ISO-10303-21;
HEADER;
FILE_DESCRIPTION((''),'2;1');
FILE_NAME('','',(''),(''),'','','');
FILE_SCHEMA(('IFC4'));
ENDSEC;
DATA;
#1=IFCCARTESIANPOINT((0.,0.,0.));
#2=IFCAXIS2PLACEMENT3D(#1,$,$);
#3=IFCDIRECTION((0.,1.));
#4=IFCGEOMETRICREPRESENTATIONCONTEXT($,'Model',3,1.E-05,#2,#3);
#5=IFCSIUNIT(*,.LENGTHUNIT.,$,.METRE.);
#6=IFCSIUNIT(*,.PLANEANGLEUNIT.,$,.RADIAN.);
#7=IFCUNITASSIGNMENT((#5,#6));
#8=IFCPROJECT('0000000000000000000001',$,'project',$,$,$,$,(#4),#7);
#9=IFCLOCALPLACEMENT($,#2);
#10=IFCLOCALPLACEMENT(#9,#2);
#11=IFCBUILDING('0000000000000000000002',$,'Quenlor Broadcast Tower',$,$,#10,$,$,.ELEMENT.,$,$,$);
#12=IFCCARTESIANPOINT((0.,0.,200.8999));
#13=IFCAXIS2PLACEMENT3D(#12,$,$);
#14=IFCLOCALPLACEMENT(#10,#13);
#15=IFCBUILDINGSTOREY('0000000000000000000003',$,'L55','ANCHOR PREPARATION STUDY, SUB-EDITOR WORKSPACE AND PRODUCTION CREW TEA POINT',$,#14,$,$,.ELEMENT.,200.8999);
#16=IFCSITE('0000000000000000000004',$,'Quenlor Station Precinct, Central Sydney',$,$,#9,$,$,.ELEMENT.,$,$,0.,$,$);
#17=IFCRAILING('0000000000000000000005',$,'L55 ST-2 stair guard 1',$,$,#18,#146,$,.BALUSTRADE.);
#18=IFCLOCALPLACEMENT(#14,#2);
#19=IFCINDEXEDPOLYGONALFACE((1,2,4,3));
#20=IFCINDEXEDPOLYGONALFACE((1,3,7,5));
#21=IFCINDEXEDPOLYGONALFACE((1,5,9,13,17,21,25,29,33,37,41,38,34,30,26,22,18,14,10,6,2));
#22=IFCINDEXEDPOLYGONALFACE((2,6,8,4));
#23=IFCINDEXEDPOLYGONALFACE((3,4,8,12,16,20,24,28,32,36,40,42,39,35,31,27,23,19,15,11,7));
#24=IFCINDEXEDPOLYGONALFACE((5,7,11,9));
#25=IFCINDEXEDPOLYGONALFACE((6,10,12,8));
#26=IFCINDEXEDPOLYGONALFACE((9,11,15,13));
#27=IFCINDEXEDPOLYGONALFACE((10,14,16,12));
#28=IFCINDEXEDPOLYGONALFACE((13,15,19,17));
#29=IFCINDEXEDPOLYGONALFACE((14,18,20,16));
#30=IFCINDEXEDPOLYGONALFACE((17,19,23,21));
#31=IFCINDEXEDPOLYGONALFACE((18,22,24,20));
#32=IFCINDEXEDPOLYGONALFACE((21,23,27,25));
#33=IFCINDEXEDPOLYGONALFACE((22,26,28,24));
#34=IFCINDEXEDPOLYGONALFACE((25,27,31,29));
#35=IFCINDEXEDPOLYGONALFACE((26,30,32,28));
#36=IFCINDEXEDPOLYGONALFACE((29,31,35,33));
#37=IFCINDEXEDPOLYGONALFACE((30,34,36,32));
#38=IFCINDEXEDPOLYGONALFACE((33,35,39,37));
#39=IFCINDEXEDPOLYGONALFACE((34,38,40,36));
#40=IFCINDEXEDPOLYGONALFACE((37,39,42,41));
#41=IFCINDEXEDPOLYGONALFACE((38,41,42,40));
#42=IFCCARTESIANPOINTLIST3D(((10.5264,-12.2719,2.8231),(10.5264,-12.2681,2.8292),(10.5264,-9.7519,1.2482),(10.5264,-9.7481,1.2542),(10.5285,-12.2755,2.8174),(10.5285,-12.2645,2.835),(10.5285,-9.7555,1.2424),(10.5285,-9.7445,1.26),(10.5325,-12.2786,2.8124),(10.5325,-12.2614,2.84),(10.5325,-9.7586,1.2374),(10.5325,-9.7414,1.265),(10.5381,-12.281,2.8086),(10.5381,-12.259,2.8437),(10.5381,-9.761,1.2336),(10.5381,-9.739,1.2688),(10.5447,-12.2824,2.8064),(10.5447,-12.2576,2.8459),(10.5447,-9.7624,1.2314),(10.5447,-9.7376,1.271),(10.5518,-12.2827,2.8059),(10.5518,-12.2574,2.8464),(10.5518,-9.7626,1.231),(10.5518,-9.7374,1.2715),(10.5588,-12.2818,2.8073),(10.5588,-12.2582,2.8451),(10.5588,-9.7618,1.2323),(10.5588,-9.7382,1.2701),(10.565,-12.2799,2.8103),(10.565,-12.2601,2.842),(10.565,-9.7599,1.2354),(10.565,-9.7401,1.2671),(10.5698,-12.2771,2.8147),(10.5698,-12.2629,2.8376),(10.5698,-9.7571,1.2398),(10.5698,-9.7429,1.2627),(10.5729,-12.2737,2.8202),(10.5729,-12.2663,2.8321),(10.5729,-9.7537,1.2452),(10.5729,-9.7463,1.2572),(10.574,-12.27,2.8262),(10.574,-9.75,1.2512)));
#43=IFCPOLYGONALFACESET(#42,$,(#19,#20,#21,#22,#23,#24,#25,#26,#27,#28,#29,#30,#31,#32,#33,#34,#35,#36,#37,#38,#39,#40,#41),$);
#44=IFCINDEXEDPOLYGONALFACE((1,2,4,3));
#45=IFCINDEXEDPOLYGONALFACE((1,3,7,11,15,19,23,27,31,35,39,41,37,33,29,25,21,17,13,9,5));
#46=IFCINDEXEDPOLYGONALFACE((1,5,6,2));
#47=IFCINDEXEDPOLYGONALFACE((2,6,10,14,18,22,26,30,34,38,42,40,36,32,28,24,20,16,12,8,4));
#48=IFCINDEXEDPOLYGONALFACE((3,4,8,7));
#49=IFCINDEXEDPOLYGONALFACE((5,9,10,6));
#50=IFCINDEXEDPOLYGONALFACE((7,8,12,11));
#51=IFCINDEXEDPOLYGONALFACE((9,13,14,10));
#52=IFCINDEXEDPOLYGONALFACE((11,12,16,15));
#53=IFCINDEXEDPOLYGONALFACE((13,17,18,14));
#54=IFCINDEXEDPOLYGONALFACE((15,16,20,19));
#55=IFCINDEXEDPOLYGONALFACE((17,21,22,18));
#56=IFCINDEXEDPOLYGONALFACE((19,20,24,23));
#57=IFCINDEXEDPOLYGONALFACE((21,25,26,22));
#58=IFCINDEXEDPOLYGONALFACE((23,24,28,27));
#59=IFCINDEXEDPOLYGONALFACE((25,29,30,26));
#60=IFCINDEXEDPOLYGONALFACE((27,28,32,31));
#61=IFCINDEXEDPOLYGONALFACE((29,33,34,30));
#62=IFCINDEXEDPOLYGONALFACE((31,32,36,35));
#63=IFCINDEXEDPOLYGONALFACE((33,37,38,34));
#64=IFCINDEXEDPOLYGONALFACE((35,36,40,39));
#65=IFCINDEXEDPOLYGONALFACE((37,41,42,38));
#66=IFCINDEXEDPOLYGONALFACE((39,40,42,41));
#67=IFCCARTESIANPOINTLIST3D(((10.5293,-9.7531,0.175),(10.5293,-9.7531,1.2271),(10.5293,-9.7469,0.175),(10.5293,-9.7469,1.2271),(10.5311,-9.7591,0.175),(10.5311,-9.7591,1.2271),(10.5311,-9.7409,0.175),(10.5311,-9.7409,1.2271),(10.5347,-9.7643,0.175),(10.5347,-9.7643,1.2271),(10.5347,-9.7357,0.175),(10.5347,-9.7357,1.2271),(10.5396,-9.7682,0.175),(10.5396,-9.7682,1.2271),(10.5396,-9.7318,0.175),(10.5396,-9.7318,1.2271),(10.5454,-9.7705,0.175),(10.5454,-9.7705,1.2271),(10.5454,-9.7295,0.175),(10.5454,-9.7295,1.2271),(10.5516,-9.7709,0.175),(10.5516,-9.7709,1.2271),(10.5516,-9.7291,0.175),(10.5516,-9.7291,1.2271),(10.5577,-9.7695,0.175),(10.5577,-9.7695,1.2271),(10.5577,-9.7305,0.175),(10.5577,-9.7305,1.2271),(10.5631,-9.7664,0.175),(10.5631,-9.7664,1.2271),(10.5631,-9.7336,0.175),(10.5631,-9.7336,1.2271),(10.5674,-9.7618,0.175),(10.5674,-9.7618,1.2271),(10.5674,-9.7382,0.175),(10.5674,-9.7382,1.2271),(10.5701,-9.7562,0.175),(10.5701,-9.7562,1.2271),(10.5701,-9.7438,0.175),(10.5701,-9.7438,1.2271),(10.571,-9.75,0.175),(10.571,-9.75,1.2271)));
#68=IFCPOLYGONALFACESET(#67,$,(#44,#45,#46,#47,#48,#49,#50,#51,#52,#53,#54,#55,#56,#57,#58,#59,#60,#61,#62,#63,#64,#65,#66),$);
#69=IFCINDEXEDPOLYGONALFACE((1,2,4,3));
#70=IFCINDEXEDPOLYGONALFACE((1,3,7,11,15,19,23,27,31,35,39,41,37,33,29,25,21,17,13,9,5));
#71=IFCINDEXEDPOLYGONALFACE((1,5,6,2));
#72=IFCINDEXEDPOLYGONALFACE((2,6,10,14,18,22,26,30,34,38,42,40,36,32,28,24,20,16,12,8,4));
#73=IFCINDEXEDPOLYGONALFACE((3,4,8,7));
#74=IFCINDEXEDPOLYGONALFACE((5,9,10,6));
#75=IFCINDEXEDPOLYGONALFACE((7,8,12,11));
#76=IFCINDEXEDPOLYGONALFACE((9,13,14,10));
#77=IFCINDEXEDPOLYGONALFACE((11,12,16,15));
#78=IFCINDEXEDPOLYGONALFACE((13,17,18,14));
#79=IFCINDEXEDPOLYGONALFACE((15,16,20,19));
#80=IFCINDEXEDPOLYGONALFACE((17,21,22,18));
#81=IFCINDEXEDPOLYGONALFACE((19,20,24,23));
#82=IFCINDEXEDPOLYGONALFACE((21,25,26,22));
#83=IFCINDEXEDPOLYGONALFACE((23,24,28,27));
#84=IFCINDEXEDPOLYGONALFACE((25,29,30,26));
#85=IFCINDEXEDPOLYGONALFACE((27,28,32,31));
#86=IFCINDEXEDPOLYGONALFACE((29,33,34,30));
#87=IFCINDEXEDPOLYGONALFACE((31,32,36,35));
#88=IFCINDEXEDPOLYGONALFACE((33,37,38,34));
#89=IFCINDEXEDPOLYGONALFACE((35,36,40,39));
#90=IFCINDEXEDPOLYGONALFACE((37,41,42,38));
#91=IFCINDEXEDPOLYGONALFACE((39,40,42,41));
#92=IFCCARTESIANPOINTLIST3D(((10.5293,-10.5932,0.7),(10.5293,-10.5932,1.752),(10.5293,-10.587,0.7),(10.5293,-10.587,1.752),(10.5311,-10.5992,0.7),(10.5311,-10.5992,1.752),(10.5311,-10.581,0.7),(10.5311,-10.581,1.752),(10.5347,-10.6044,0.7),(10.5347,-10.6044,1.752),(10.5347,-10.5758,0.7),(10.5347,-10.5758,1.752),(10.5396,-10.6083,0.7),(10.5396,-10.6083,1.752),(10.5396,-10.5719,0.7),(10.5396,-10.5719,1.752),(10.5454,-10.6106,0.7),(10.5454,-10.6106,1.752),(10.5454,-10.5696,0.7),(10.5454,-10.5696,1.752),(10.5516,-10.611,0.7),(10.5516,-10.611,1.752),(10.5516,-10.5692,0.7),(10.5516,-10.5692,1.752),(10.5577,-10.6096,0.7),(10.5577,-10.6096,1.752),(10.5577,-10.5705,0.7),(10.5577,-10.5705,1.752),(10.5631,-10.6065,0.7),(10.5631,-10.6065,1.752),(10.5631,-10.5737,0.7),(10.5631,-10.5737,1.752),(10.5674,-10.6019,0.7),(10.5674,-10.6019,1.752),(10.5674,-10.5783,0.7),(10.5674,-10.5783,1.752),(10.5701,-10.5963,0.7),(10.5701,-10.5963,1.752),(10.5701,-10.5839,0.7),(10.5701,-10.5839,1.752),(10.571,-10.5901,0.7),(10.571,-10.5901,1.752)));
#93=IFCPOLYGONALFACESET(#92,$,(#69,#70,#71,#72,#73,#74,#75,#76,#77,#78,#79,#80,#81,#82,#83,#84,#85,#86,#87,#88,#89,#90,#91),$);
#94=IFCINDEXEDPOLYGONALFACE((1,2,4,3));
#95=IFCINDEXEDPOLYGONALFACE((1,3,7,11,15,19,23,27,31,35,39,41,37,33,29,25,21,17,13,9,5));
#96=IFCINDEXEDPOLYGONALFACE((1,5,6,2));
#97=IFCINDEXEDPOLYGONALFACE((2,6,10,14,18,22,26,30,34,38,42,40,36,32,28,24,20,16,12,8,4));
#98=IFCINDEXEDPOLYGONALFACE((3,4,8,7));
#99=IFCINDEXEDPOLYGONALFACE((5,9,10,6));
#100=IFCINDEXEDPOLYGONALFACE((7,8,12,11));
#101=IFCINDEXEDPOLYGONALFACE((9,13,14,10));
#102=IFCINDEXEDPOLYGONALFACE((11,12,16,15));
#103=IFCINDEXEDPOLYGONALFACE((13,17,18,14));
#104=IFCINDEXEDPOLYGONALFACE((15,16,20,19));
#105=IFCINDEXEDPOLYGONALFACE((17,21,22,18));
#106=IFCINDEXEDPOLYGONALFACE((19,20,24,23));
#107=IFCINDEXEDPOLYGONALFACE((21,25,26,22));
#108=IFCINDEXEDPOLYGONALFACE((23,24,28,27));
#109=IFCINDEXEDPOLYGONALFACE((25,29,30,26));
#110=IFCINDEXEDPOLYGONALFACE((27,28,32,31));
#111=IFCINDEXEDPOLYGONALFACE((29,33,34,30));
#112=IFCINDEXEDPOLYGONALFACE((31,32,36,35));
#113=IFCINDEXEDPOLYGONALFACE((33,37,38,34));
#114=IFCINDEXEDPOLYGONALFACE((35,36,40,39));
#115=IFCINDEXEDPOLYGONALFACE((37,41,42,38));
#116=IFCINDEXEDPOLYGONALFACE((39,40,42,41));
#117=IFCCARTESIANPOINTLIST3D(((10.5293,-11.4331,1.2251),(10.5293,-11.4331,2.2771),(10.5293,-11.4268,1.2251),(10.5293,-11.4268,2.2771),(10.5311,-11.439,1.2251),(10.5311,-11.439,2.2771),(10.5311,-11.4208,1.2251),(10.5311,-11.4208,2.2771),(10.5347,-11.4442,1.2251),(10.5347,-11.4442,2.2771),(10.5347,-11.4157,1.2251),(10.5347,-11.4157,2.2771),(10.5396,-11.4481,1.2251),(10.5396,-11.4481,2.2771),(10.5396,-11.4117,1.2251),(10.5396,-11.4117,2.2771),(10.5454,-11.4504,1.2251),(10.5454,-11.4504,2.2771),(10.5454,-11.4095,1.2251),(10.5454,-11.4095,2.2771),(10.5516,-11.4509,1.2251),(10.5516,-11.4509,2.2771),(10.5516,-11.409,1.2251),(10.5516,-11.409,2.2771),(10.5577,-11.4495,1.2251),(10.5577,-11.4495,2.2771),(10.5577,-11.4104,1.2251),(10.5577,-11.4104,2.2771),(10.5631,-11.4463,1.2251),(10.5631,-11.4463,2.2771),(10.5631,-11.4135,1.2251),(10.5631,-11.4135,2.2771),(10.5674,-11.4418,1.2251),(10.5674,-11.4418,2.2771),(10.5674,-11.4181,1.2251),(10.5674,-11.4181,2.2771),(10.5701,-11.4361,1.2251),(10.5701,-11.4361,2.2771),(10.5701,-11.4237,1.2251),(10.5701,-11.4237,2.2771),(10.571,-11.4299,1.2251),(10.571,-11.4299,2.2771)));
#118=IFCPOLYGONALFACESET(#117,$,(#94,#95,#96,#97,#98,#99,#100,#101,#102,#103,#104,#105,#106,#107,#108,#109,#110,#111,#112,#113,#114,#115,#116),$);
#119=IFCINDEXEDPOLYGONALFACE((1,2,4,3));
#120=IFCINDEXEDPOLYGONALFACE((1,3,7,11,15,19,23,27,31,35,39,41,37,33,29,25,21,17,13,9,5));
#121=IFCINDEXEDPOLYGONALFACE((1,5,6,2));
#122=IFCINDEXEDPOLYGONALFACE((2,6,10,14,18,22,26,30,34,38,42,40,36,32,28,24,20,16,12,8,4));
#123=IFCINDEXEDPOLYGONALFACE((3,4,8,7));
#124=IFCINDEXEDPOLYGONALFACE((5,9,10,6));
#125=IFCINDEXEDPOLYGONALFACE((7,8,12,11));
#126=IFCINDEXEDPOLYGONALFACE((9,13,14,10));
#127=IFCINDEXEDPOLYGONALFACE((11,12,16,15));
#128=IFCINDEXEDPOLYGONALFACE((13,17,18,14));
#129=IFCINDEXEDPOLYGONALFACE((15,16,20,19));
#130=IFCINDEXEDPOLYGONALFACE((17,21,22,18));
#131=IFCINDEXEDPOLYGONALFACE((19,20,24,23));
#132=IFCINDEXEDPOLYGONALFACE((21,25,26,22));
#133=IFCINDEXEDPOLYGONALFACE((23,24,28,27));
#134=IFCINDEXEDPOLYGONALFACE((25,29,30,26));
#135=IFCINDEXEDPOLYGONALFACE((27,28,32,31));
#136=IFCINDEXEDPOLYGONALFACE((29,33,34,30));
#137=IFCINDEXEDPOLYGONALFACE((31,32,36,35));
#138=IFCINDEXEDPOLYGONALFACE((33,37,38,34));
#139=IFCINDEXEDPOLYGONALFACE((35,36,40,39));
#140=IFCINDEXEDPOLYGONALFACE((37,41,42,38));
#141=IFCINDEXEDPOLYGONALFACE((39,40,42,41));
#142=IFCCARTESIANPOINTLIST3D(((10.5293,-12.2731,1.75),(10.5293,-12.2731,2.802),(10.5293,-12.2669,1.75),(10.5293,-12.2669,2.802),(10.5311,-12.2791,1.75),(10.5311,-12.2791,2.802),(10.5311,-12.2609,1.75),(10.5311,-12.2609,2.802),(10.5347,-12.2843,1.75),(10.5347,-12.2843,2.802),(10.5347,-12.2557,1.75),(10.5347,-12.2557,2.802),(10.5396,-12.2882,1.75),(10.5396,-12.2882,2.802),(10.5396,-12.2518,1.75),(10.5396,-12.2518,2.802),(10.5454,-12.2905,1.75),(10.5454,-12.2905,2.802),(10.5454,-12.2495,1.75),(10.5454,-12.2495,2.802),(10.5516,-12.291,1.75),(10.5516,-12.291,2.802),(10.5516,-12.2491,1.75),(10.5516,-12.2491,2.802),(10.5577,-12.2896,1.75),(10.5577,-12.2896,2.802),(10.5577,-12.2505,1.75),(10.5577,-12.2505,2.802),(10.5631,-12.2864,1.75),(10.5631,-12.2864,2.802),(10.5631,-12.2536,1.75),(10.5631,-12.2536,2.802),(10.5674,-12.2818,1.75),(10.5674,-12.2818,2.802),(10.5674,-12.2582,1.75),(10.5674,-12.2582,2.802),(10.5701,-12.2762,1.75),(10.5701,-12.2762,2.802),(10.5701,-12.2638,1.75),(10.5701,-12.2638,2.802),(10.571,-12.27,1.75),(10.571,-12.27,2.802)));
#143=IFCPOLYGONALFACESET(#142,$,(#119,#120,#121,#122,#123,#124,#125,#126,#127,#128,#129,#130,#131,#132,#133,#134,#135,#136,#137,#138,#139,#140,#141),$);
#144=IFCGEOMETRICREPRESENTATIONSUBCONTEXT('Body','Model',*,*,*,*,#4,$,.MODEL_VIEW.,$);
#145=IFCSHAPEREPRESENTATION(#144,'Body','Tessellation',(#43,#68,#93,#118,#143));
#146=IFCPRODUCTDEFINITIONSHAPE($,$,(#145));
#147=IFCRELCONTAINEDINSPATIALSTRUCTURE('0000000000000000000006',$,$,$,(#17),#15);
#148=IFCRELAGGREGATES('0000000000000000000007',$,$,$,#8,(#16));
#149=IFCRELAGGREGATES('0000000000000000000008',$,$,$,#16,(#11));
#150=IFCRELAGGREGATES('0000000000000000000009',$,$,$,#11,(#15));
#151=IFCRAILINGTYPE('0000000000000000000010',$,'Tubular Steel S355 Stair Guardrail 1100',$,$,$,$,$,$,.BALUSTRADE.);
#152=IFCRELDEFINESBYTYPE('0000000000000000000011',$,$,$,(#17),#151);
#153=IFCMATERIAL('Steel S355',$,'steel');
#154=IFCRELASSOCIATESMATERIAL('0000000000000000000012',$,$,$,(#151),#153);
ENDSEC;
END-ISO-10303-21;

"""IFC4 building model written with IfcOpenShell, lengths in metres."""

from ifc_helpers import new_model, si_unit, direction, frame, origin, origin_2d, place, context, subcontext, project, spatial, circle, extrude, material, type_object, element, save


model = new_model("IFC4")

# Units and contexts
model_context = context("Model", 3, precision=1e-05, world=origin(), true_north=direction((0.0, 1.0)))
body_context = subcontext(model_context, "Body", "Model", "MODEL_VIEW")
ifc_project = project(units=[si_unit("LENGTHUNIT", "METRE"), si_unit("PLANEANGLEUNIT", "RADIAN")], contexts=[model_context])

# Site, building, storey
site_placement = place(None, origin())
site = spatial("IfcSite", under=ifc_project, at=site_placement, Name="Quenlor Station Precinct, Central Sydney", CompositionType="ELEMENT", RefElevation=0.0)
building_placement = place(site_placement, origin())
building = spatial("IfcBuilding", under=site, at=building_placement, Name="Quenlor Broadcast Tower", CompositionType="ELEMENT")
storey_placement = place(building_placement, frame((0.0, 0.0, 200.8999)))
storey = spatial("IfcBuildingStorey", under=building, at=storey_placement, Name="L55", Description="ANCHOR PREPARATION STUDY, SUB-EDITOR WORKSPACE AND PRODUCTION CREW TEA POINT", CompositionType="ELEMENT", Elevation=200.8999)

# Railing
ifc_material_1 = material(Name="Steel S355", Category="steel")
railing_type_1 = type_object("IfcRailingType", Name="Tubular Steel S355 Stair Guardrail 1100", PredefinedType="BALUSTRADE", material=ifc_material_1)
railing_1_placement = place(storey_placement, frame((10.55, -9.75, 0.175)))
element("IfcRailing", 1, at=railing_1_placement, inside=storey, type_object=railing_type_1, Name="L55 ST-2 stair guard 1", PredefinedType="BALUSTRADE", context=body_context, shape_type="SweptSolid", body=[
    extrude(circle(Radius=0.0239, at=origin_2d()), frame((0.0, 0.0, 1.0762), z_axis=(0.0, -0.848008, 0.529984), x_axis=(1.0, 0.0, 0.0)), (0.0, 0.0, 1.0), 2.9717),
    extrude(circle(Radius=0.021, at=origin_2d()), origin(), (0.0, 0.0, 1.0), 1.052),
    extrude(circle(Radius=0.021, at=origin_2d()), frame((0.0, -0.8401, 0.5249)), (0.0, 0.0, 1.0), 1.052),
    extrude(circle(Radius=0.021, at=origin_2d()), frame((0.0, -1.6799, 1.05)), (0.0, 0.0, 1.0), 1.052),
    extrude(circle(Radius=0.021, at=origin_2d()), frame((0.0, -2.52, 1.575)), (0.0, 0.0, 1.0), 1.052),
])

save(model, "model.ifc")
